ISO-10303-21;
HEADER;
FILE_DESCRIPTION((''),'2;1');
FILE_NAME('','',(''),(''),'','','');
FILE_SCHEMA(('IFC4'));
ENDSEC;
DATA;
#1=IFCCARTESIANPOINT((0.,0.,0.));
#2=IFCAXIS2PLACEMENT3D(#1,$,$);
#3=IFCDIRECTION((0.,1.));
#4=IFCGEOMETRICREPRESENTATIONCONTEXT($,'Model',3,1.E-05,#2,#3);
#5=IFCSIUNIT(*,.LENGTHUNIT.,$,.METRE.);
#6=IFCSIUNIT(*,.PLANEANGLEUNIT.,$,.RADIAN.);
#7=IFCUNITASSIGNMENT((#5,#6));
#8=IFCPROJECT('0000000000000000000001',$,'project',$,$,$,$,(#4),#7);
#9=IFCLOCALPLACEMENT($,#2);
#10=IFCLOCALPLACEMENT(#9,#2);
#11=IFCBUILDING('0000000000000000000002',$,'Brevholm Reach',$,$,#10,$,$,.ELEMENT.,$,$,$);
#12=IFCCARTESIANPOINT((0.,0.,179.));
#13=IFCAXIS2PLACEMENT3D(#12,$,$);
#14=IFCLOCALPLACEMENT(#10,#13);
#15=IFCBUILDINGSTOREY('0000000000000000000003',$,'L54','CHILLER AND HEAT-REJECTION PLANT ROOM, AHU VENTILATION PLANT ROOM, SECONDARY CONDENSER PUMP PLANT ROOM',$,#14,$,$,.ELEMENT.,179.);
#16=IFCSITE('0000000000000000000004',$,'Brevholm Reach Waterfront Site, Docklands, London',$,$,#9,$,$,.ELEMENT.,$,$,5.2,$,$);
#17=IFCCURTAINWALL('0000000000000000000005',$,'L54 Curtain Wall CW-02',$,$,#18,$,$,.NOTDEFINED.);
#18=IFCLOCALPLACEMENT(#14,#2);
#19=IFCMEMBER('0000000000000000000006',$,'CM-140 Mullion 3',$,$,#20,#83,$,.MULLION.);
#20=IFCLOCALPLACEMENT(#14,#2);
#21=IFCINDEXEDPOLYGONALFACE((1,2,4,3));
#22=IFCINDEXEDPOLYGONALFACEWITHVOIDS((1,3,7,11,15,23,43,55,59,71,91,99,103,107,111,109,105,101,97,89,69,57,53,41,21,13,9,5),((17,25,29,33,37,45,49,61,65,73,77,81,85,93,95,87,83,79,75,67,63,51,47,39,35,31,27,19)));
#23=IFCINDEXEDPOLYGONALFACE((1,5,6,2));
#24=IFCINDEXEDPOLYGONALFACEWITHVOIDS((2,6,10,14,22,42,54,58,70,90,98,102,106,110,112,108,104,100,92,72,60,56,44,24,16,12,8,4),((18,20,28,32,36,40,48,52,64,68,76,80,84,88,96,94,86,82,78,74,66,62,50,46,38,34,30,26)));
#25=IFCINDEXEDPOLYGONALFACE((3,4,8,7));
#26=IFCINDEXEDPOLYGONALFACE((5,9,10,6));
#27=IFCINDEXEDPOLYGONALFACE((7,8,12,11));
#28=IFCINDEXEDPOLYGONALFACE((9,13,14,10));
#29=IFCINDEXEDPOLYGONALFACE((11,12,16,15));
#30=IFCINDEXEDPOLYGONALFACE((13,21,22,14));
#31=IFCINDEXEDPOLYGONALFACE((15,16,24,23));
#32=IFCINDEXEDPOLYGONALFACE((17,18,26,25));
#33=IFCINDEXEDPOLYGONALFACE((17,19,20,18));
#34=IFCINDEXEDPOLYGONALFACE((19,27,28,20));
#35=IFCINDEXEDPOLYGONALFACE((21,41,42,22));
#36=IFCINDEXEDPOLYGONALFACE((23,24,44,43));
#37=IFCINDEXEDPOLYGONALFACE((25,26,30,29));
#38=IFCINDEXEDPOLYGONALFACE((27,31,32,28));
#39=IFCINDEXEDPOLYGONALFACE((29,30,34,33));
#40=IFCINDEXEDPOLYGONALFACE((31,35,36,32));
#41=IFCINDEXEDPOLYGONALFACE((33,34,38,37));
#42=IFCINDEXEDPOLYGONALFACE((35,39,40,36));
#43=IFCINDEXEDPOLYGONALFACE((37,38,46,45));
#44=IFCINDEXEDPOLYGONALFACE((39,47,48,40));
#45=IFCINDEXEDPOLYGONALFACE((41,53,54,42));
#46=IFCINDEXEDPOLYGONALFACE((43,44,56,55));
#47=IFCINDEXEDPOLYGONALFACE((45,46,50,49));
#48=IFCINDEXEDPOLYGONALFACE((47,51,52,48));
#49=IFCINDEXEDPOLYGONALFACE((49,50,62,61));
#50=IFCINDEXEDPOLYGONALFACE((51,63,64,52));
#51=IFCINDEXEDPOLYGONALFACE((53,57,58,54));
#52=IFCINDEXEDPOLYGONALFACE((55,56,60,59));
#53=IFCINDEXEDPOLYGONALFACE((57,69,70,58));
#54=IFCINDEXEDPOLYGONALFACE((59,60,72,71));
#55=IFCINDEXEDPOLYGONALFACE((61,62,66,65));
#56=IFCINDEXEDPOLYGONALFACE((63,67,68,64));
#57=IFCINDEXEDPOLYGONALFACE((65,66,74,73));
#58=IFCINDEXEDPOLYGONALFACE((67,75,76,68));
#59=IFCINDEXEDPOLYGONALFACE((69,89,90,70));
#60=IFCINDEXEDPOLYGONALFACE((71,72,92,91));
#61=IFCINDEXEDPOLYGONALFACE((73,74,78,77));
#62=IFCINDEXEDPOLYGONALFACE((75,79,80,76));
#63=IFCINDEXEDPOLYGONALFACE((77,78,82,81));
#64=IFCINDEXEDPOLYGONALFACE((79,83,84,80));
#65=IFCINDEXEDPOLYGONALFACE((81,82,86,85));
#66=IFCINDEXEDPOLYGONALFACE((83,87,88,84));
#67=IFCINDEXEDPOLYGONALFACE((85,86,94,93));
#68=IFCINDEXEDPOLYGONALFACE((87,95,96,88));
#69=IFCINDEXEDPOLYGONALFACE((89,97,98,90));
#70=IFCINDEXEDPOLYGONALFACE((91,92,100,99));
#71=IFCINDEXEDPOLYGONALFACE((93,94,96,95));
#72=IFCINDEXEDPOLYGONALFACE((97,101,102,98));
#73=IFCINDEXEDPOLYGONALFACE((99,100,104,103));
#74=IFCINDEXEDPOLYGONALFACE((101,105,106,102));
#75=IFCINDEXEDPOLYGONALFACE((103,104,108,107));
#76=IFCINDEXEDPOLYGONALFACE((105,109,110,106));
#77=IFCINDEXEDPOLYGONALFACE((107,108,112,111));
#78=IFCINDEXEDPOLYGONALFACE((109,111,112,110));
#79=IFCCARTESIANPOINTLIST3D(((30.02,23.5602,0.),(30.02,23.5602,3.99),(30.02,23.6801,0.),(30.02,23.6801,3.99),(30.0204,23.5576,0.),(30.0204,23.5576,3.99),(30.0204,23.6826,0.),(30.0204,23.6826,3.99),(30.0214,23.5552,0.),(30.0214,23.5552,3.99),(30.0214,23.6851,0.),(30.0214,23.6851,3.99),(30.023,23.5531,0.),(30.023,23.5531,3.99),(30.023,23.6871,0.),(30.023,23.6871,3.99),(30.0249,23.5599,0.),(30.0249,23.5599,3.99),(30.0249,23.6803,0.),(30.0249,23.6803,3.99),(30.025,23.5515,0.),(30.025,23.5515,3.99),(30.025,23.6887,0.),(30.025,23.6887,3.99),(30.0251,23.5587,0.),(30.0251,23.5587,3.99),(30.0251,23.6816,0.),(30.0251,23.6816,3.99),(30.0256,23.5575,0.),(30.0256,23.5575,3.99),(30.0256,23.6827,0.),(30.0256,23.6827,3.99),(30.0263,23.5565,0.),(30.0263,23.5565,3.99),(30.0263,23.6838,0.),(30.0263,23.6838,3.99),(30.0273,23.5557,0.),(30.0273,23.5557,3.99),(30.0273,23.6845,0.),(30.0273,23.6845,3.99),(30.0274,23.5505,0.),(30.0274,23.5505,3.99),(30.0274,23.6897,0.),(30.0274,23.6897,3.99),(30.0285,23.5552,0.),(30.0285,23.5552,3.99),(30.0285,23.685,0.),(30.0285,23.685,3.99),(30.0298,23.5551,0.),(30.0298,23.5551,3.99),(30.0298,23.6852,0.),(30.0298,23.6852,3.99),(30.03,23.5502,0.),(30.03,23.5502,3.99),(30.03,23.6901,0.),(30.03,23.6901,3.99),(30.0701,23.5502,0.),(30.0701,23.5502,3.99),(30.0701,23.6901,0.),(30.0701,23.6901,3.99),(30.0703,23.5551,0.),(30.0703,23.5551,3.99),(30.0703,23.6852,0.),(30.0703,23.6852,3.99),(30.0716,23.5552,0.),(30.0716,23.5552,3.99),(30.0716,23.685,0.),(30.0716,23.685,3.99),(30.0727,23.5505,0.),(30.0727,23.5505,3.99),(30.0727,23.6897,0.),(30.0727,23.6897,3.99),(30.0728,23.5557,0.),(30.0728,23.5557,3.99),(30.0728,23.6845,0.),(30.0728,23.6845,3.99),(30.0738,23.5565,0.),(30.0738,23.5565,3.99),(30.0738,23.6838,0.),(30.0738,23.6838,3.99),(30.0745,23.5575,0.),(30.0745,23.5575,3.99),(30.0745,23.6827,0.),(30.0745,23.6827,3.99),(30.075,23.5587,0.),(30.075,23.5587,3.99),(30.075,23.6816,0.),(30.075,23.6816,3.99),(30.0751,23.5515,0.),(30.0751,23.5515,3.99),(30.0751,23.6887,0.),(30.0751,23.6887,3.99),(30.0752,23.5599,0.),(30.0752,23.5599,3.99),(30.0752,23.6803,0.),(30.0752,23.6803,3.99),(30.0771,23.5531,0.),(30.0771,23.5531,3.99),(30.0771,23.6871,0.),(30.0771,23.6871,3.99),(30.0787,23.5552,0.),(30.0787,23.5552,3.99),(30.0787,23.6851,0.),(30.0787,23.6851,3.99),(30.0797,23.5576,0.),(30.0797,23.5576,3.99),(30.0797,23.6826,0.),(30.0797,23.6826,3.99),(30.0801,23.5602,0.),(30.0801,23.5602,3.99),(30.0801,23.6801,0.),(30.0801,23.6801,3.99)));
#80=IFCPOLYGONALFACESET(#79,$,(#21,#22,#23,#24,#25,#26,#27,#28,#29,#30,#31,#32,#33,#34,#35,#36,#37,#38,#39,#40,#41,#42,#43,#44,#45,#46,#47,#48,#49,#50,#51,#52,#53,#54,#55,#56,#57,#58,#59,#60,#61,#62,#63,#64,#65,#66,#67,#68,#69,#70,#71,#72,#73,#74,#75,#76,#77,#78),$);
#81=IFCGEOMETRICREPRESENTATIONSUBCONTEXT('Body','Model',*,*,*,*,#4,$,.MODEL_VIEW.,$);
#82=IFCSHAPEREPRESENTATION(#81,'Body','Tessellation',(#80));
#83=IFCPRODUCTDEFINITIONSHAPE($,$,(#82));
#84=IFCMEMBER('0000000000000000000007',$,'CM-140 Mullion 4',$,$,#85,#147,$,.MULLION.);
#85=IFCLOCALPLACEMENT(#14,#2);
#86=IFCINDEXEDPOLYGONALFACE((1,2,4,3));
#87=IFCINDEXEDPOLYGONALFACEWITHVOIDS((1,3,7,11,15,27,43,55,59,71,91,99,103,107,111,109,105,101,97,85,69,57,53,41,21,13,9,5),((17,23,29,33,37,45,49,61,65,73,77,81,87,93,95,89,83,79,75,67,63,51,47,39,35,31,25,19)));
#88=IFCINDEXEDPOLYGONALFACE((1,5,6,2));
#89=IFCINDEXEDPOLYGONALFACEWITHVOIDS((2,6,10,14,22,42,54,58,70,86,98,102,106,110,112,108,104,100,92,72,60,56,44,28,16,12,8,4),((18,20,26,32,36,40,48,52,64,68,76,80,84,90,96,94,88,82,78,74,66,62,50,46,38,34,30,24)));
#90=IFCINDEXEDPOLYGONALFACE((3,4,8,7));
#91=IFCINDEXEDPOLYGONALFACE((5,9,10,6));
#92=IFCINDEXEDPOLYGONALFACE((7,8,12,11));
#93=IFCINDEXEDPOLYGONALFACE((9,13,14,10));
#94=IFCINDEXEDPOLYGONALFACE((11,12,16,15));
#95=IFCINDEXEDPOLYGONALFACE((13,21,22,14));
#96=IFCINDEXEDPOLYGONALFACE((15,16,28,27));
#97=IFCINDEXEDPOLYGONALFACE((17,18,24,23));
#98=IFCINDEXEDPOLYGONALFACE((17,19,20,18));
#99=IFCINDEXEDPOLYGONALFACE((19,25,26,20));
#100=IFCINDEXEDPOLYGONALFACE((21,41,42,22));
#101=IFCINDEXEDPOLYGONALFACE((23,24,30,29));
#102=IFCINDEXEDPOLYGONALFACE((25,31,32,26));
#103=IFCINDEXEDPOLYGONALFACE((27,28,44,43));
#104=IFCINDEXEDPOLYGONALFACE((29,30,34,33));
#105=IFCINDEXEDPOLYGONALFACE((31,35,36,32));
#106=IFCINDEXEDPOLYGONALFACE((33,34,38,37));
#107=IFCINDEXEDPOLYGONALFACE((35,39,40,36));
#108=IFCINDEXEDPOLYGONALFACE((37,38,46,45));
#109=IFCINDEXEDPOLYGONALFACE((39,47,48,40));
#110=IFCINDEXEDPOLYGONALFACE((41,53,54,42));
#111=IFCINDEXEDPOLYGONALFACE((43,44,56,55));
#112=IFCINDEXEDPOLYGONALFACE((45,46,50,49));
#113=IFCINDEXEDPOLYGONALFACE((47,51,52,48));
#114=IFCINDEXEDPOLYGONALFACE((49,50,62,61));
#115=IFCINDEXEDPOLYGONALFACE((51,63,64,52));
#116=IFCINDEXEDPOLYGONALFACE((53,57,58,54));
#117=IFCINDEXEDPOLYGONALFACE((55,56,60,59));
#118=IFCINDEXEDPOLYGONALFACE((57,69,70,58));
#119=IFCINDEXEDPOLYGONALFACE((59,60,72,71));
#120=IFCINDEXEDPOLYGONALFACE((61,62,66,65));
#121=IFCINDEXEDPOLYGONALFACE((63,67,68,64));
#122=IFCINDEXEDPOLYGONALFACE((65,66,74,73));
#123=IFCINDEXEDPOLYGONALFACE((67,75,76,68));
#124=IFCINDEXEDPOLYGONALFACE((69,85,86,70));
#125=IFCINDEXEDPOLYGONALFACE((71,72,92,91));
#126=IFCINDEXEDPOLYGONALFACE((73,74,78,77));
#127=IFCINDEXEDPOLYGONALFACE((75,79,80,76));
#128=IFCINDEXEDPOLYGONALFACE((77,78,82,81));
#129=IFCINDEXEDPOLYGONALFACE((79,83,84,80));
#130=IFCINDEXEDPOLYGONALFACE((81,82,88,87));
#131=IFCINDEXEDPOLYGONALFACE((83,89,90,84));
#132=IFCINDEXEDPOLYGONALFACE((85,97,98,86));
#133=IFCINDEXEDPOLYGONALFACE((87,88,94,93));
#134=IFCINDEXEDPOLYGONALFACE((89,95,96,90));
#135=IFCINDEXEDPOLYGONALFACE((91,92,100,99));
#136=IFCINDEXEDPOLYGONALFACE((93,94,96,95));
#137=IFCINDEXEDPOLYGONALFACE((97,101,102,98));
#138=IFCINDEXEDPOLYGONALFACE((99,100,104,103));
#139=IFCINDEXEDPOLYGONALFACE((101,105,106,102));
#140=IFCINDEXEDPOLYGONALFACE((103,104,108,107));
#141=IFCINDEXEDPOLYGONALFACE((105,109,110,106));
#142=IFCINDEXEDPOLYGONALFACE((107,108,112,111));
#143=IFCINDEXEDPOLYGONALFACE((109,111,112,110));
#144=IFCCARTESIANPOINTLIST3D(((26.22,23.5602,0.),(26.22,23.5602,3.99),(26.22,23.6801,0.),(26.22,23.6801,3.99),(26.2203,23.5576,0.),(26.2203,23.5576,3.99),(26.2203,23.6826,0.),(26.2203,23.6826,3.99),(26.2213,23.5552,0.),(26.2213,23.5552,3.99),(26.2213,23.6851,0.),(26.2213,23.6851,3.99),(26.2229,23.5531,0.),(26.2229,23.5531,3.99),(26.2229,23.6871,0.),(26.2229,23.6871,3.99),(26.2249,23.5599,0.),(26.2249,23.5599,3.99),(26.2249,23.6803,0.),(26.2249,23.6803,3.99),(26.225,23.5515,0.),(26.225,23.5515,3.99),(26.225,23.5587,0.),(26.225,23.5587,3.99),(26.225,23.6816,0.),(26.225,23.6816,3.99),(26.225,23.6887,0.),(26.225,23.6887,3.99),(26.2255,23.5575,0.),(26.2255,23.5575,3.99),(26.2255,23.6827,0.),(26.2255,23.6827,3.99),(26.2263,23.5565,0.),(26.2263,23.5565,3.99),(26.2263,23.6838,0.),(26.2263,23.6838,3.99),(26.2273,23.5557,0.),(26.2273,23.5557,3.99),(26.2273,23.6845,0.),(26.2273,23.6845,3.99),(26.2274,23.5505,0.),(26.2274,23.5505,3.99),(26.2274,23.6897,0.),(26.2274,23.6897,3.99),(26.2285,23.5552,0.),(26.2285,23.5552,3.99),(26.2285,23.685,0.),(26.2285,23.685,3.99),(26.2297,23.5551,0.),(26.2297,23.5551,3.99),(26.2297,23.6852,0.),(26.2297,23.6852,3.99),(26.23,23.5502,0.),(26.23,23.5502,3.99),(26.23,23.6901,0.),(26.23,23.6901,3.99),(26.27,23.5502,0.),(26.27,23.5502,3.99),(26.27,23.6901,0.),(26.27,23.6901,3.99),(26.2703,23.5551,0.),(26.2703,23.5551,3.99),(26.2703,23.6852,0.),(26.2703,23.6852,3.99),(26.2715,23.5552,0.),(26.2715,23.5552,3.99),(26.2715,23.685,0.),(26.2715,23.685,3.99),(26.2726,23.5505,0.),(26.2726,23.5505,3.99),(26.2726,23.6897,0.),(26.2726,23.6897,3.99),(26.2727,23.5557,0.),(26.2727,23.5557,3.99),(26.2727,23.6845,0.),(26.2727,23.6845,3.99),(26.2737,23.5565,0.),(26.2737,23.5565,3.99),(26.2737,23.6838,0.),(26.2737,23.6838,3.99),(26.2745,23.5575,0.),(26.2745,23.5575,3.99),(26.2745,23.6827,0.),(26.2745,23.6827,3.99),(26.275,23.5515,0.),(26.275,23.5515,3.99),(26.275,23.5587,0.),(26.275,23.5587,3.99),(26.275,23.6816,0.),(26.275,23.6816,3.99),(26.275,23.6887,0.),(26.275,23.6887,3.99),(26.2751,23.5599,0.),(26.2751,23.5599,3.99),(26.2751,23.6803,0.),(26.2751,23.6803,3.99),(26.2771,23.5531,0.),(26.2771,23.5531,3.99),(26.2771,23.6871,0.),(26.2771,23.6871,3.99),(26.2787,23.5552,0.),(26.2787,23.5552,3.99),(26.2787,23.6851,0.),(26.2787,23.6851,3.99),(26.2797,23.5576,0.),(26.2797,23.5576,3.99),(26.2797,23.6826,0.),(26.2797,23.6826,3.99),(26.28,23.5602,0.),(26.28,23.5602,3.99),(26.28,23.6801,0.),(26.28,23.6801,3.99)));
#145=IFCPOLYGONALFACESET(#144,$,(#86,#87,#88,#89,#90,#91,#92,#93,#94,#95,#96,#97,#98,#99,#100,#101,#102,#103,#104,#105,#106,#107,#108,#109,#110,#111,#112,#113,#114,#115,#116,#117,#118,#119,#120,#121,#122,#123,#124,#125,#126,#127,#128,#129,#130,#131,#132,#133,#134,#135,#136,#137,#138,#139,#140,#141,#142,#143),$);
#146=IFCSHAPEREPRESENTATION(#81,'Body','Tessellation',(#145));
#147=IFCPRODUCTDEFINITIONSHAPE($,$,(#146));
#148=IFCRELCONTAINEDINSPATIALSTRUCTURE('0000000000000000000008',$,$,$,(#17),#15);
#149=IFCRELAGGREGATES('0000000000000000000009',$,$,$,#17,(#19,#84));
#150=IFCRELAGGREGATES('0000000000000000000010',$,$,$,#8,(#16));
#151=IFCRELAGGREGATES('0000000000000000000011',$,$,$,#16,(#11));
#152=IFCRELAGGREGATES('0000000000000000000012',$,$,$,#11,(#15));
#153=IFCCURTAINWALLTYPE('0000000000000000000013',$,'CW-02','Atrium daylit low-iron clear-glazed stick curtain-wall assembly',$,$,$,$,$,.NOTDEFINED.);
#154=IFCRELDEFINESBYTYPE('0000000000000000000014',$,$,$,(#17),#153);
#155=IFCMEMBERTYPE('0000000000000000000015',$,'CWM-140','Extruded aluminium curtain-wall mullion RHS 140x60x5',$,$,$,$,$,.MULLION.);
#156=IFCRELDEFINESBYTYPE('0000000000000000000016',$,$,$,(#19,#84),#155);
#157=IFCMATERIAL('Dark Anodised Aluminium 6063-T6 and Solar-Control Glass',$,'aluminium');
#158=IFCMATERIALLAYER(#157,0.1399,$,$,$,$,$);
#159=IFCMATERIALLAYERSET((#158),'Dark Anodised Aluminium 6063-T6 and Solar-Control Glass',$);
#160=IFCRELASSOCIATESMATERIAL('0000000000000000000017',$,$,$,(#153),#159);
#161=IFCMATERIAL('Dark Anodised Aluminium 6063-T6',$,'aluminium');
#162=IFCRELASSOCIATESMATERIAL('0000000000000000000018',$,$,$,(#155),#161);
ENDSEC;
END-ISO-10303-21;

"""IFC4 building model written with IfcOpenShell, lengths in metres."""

from ifc_helpers import new_model, si_unit, direction, frame, origin, origin_2d, place, context, subcontext, project, spatial, hollow_rectangle, extrude, material, layer, layer_set, material_profile, profile_set, type_object, element, aggregate, save


model = new_model("IFC4")

# Units and contexts
model_context = context("Model", 3, precision=1e-05, world=origin(), true_north=direction((0.0, 1.0)))
body_context = subcontext(model_context, "Body", "Model", "MODEL_VIEW")
ifc_project = project(units=[si_unit("LENGTHUNIT", "METRE"), si_unit("PLANEANGLEUNIT", "RADIAN")], contexts=[model_context])

# Site, building, storey
site_placement = place(None, origin())
site = spatial("IfcSite", under=ifc_project, at=site_placement, Name="Brevholm Reach Waterfront Site, Docklands, London", CompositionType="ELEMENT", RefElevation=5.2)
building_placement = place(site_placement, origin())
building = spatial("IfcBuilding", under=site, at=building_placement, Name="Brevholm Reach", CompositionType="ELEMENT")
storey_placement = place(building_placement, frame((0.0, 0.0, 179.0)))
storey = spatial("IfcBuildingStorey", under=building, at=storey_placement, Name="L54", Description="CHILLER AND HEAT-REJECTION PLANT ROOM, AHU VENTILATION PLANT ROOM, SECONDARY CONDENSER PUMP PLANT ROOM", CompositionType="ELEMENT", Elevation=179.0)

# Curtain wall, members
ifc_material_1 = material(Name="Dark Anodised Aluminium 6063-T6 and Solar-Control Glass", Category="aluminium")
ifc_layer_1 = layer(ifc_material_1, 0.1399)
ifc_layer_set_1 = layer_set([ifc_layer_1], Name="Dark Anodised Aluminium 6063-T6 and Solar-Control Glass")
curtain_wall_type_1 = type_object("IfcCurtainWallType", Name="CW-02", Description="Atrium daylit low-iron clear-glazed stick curtain-wall assembly", PredefinedType="NOTDEFINED", material=ifc_layer_set_1)
curtain_wall_1_placement = place(storey_placement, origin())
curtain_wall_1 = element("IfcCurtainWall", 1, at=curtain_wall_1_placement, inside=storey, type_object=curtain_wall_type_1, Name="L54 Curtain Wall CW-02", PredefinedType="NOTDEFINED")
ifc_material_2 = material(Name="Dark Anodised Aluminium 6063-T6", Category="aluminium")
ifc_material_profile_1 = material_profile(ifc_material_2, hollow_rectangle(XDim=0.0601, YDim=0.1399, WallThickness=0.0049, InnerFilletRadius=0.0049, OuterFilletRadius=0.01, at=origin_2d()), Name="RHS 140x60x5")
ifc_profile_set_1 = profile_set([ifc_material_profile_1], Name="Dark Anodised Aluminium 6063-T6")
member_type_1 = type_object("IfcMemberType", Name="CWM-140", Description="Extruded aluminium curtain-wall mullion RHS 140x60x5", PredefinedType="MULLION", material=ifc_profile_set_1)
member_1_placement = place(storey_placement, frame((30.05, 23.6201, 0.0), z_axis=(0.0, 0.0, 1.0), x_axis=(-1.0, 0.0, 0.0)))
member_1 = element("IfcMember", 2, at=member_1_placement, type_object=member_type_1, Name="CM-140 Mullion 3", PredefinedType="MULLION", context=body_context, shape_type="SweptSolid", body=[
    extrude(hollow_rectangle(XDim=0.0601, YDim=0.1399, WallThickness=0.0049, InnerFilletRadius=0.0049, OuterFilletRadius=0.01, at=origin_2d()), origin(), (0.0, 0.0, 1.0), 3.99),
])
member_2_placement = place(storey_placement, frame((26.25, 23.6201, 0.0), z_axis=(0.0, 0.0, 1.0), x_axis=(-1.0, 0.0, 0.0)))
member_2 = element("IfcMember", 3, at=member_2_placement, type_object=member_type_1, Name="CM-140 Mullion 4", PredefinedType="MULLION", context=body_context, shape_type="SweptSolid", body=[
    extrude(hollow_rectangle(XDim=0.0601, YDim=0.1399, WallThickness=0.0049, InnerFilletRadius=0.0049, OuterFilletRadius=0.01, at=origin_2d()), origin(), (0.0, 0.0, 1.0), 3.99),
])

aggregate(curtain_wall_1, [member_1, member_2])

save(model, "model.ifc")
